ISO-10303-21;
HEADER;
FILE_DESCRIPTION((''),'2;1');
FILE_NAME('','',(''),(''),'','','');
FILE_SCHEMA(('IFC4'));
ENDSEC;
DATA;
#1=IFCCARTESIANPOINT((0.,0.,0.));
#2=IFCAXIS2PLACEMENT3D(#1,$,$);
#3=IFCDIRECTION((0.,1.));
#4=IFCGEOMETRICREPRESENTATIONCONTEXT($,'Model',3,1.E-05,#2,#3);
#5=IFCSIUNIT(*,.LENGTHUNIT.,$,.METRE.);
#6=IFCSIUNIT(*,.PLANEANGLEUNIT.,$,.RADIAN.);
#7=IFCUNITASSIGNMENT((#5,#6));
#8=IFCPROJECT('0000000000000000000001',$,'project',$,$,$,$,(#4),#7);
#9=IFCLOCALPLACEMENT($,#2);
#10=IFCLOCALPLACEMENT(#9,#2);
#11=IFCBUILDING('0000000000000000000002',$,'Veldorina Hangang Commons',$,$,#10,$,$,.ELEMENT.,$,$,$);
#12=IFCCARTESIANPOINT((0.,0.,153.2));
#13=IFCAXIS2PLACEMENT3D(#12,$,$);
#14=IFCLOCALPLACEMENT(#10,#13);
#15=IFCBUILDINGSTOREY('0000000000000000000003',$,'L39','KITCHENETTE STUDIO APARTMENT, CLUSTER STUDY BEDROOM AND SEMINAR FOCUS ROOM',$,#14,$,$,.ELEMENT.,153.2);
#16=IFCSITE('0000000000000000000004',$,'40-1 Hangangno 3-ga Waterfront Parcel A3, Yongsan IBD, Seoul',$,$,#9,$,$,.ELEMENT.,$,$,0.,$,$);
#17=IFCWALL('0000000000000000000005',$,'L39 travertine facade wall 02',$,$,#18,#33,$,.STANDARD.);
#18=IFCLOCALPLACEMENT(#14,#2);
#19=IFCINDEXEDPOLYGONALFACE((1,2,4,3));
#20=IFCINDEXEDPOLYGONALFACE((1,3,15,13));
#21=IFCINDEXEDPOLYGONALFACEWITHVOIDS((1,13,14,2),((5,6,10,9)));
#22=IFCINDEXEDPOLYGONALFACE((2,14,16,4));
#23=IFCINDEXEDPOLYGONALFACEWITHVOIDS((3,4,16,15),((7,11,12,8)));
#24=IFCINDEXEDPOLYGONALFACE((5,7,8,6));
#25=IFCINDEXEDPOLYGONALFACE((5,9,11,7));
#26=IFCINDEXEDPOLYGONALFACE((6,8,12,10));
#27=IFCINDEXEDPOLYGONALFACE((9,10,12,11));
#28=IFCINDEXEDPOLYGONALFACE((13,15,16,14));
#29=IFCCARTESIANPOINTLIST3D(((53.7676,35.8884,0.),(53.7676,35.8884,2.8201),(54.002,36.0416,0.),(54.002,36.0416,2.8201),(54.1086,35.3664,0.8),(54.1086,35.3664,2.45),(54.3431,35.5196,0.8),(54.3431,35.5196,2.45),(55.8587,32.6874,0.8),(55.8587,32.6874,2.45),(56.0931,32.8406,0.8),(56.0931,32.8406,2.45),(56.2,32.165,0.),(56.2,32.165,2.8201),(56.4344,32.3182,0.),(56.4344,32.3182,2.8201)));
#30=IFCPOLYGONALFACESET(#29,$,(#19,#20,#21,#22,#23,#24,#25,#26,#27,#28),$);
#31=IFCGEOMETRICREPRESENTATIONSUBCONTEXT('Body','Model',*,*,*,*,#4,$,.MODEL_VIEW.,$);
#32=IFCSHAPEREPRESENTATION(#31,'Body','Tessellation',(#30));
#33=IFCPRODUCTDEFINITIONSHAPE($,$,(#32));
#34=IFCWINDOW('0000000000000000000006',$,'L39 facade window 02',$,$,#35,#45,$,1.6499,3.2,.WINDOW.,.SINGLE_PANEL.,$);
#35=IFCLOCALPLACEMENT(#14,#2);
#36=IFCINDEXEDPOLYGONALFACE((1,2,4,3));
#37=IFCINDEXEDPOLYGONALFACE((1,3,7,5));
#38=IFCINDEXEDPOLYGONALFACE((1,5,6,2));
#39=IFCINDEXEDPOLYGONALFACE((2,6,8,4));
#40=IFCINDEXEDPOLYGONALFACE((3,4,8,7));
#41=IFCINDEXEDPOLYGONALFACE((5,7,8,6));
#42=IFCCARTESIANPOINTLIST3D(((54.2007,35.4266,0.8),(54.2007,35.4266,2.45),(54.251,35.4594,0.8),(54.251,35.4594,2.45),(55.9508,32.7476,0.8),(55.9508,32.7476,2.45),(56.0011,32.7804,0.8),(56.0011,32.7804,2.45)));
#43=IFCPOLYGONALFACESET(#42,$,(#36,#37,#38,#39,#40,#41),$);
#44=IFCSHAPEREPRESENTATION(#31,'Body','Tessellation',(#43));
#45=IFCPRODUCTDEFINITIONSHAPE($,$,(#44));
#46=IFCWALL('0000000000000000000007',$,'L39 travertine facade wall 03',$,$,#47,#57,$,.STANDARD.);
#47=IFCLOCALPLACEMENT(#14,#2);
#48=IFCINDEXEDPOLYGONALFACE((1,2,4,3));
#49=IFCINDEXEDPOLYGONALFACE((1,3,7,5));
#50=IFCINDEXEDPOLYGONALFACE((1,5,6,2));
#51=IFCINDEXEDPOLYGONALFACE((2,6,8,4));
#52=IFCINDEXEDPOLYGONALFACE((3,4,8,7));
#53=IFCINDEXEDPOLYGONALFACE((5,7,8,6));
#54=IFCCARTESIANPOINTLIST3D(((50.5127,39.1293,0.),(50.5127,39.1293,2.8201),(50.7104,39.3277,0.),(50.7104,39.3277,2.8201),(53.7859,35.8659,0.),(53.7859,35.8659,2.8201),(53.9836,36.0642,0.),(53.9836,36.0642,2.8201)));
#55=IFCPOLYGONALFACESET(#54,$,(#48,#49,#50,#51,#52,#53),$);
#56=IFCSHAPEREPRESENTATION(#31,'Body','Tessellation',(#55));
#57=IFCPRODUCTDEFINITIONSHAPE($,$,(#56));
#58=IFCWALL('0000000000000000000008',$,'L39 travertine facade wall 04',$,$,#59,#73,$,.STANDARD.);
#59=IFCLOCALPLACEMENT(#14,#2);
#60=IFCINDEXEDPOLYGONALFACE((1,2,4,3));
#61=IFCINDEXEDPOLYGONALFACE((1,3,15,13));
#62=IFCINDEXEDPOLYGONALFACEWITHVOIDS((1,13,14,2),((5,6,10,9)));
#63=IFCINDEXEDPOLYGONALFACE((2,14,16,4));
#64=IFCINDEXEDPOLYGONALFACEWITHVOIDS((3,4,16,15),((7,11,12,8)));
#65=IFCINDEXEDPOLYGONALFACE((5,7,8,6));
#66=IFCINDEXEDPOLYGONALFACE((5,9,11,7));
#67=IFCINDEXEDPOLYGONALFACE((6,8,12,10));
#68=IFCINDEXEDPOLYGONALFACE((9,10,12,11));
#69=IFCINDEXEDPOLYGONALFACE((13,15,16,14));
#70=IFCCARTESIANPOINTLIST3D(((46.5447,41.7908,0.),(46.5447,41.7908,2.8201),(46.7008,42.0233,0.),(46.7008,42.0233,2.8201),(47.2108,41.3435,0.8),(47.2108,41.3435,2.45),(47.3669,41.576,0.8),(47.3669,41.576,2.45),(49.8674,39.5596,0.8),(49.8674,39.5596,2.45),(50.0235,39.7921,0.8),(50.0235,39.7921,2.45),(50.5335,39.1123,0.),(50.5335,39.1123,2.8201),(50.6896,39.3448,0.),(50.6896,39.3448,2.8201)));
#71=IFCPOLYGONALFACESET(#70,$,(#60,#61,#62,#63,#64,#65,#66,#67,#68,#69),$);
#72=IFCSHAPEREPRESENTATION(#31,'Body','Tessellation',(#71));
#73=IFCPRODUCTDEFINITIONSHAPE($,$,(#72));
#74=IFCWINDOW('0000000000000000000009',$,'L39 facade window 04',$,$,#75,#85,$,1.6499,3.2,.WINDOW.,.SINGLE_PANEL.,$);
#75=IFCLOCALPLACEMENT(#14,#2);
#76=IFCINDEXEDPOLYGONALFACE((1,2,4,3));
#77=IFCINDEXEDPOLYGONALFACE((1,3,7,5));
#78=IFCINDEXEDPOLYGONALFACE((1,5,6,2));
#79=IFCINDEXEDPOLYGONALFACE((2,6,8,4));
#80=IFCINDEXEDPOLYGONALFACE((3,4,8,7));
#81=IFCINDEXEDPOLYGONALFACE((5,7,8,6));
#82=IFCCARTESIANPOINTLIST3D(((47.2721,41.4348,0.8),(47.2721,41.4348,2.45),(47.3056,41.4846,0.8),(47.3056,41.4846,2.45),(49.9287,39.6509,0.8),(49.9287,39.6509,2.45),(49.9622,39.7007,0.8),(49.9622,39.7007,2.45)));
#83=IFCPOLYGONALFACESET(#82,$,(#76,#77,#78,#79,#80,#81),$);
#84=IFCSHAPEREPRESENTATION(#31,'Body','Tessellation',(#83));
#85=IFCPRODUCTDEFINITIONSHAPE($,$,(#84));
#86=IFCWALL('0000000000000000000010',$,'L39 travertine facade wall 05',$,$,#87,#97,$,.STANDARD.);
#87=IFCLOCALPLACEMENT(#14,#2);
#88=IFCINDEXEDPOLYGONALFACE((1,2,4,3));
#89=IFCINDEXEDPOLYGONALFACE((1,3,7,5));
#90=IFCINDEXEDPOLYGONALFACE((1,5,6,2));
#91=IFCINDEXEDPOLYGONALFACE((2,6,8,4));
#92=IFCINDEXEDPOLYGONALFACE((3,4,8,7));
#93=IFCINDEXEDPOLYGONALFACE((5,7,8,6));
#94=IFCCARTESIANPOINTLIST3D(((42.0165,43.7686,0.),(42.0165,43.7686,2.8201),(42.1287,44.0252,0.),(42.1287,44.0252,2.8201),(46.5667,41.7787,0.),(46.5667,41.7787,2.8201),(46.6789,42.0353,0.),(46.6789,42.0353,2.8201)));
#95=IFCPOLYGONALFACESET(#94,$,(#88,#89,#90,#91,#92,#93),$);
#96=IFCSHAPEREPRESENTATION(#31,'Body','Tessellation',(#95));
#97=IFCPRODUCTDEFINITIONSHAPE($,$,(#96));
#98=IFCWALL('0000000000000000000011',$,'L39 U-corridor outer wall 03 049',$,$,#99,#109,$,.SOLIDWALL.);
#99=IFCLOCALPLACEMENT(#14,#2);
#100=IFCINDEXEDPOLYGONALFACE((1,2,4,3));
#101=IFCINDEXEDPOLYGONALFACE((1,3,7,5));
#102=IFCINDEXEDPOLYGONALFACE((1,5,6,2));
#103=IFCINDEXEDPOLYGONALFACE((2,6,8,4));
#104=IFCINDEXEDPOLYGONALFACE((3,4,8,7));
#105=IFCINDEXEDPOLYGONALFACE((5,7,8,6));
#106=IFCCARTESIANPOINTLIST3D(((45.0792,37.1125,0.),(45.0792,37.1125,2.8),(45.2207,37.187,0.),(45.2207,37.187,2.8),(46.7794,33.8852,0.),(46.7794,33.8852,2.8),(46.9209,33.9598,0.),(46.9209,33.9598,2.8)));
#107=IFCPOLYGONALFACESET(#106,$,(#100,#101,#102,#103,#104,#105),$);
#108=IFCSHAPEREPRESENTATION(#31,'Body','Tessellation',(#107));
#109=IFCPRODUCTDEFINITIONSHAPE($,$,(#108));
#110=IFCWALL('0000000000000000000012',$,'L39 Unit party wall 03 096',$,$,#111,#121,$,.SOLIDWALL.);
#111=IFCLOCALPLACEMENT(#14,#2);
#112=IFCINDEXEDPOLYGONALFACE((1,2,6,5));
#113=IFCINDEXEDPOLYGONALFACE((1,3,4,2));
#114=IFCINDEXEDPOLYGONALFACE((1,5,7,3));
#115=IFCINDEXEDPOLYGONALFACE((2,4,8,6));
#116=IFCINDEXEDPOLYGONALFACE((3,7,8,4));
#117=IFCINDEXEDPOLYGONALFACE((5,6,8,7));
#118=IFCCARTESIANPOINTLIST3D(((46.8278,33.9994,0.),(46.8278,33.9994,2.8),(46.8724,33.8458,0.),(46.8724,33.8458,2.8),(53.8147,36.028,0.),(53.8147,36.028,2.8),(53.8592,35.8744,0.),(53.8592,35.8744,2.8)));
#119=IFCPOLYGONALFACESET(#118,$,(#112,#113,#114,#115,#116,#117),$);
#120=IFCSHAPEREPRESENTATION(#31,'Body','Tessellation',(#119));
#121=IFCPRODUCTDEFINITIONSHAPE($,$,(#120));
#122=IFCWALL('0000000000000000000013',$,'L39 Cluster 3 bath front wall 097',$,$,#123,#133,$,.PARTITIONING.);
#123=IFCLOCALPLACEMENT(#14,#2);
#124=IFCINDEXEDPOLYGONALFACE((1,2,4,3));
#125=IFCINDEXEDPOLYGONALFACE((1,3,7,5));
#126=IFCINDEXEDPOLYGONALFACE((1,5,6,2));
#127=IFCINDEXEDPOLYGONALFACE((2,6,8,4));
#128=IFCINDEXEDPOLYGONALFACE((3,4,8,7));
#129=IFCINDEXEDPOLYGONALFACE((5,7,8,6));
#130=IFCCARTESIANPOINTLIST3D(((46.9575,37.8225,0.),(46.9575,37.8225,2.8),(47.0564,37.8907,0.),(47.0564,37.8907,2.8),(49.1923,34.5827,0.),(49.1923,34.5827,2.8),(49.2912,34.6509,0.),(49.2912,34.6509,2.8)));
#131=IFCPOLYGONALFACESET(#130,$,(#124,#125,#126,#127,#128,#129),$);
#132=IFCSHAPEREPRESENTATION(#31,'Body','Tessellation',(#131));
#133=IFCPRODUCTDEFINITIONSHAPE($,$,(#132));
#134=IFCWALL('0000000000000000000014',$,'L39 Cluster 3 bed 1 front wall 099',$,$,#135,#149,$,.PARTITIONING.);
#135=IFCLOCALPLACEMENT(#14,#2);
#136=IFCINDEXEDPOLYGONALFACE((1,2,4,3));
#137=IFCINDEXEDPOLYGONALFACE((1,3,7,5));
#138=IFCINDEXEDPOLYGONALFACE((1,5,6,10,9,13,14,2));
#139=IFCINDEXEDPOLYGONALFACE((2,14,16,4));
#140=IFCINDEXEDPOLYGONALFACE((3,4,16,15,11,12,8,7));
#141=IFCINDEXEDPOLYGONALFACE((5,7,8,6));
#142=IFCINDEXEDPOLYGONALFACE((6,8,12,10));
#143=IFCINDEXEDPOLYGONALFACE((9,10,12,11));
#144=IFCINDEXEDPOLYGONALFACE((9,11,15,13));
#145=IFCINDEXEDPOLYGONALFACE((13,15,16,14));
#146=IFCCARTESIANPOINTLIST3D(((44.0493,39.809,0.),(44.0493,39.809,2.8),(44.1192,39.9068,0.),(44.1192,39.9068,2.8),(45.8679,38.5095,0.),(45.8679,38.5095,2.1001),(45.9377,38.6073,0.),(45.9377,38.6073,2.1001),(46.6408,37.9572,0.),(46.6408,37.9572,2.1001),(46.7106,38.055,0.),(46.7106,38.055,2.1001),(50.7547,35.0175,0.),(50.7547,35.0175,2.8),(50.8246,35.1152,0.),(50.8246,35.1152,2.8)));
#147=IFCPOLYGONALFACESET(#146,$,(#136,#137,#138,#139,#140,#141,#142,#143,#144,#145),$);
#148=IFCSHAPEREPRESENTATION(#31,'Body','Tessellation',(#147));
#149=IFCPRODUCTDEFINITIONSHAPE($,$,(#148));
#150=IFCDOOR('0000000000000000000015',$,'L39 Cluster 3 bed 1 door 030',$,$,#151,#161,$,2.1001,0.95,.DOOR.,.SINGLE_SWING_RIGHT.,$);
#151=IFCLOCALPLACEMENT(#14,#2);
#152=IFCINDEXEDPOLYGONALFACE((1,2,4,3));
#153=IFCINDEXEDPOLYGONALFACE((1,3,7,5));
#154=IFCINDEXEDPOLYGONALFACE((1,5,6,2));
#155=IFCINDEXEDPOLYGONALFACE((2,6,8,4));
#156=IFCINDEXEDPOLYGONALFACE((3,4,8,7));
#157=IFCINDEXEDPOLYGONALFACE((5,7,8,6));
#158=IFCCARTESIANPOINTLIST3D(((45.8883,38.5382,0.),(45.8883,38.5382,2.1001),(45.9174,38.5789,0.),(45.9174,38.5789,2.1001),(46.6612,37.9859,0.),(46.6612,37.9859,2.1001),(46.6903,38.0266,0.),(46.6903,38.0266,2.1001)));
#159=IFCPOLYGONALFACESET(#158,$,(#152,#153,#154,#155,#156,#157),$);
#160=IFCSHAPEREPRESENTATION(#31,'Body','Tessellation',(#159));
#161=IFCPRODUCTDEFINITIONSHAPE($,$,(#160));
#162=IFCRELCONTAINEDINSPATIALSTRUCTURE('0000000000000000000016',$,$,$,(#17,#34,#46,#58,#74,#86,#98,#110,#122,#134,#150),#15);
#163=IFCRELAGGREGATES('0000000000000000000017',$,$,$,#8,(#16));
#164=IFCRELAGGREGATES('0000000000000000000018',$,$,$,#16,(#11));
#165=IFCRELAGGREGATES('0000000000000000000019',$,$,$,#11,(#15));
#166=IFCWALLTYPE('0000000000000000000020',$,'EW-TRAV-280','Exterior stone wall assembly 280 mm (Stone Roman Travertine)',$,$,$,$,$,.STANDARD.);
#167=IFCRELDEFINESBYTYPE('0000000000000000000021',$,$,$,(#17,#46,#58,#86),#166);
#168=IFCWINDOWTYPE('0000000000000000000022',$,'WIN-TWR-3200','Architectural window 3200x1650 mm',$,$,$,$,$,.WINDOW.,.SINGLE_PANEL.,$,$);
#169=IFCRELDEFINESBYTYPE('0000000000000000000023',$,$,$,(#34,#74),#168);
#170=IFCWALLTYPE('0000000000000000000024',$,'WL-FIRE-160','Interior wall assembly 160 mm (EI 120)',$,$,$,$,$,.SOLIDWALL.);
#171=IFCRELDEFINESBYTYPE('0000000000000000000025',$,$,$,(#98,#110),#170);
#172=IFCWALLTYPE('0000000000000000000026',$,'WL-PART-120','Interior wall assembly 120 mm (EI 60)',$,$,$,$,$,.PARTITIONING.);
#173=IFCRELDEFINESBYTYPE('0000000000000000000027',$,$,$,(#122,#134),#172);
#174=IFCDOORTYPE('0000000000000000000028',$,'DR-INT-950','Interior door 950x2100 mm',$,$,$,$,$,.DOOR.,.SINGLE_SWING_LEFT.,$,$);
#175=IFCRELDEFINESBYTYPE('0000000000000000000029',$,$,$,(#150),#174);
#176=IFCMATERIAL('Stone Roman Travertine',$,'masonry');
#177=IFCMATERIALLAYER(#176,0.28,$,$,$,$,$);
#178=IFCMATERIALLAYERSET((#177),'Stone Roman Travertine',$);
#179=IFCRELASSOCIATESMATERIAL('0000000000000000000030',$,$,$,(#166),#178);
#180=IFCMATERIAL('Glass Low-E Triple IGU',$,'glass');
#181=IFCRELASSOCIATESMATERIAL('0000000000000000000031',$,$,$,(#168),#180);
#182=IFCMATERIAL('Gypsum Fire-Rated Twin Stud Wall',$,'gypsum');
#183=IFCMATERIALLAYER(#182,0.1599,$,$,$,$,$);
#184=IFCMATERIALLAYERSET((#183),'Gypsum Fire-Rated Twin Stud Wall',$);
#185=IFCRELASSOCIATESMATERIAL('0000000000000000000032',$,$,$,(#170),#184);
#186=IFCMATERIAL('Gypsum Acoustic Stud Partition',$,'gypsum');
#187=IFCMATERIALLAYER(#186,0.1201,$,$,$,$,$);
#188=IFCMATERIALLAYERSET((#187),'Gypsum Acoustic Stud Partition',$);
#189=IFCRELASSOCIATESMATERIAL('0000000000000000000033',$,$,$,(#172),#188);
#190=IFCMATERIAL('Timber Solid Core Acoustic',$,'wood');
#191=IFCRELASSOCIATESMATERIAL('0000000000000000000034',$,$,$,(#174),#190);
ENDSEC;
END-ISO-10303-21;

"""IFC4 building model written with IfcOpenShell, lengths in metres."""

from ifc_helpers import new_model, si_unit, direction, frame, frame_2d, origin, place, context, subcontext, project, spatial, rectangle, extrude, material, layer, layer_set, type_object, element, fill, save


model = new_model("IFC4")

# Units and contexts
model_context = context("Model", 3, precision=1e-05, world=origin(), true_north=direction((0.0, 1.0)))
body_context = subcontext(model_context, "Body", "Model", "MODEL_VIEW")
ifc_project = project(units=[si_unit("LENGTHUNIT", "METRE"), si_unit("PLANEANGLEUNIT", "RADIAN")], contexts=[model_context])

# Site, building, storey
site_placement = place(None, origin())
site = spatial("IfcSite", under=ifc_project, at=site_placement, Name="40-1 Hangangno 3-ga Waterfront Parcel A3, Yongsan IBD, Seoul", CompositionType="ELEMENT", RefElevation=0.0)
building_placement = place(site_placement, origin())
building = spatial("IfcBuilding", under=site, at=building_placement, Name="Veldorina Hangang Commons", CompositionType="ELEMENT")
storey_placement = place(building_placement, frame((0.0, 0.0, 153.2)))
storey = spatial("IfcBuildingStorey", under=building, at=storey_placement, Name="L39", Description="KITCHENETTE STUDIO APARTMENT, CLUSTER STUDY BEDROOM AND SEMINAR FOCUS ROOM", CompositionType="ELEMENT", Elevation=153.2)

# Wall, opening, window
ifc_material_1 = material(Name="Stone Roman Travertine", Category="masonry")
ifc_layer_1 = layer(ifc_material_1, 0.28)
ifc_layer_set_1 = layer_set([ifc_layer_1], Name="Stone Roman Travertine")
wall_type_1 = type_object("IfcWallType", Name="EW-TRAV-280", Description="Exterior stone wall assembly 280 mm (Stone Roman Travertine)", PredefinedType="STANDARD", material=ifc_layer_set_1)
wall_1_placement = place(storey_placement, frame((56.3171, 32.2417, 0.0), z_axis=(0.0, 0.0, 1.0), x_axis=(-0.546911, 0.837191, 0.0)))
wall_1 = element("IfcWall", 1, at=wall_1_placement, inside=storey, type_object=wall_type_1, Name="L39 travertine facade wall 02", PredefinedType="STANDARD", context=body_context, shape_type="SweptSolid", body=[
    extrude(rectangle(XDim=4.4475, YDim=0.28, at=frame_2d((2.2236, 0.0))), origin(), (0.0, 0.0, 1.0), 2.8201),
])
opening_1_placement = place(wall_1_placement, frame((0.6238, 0.0, 0.8)))
opening_1 = element("IfcOpeningElement", 2, at=opening_1_placement, cuts=wall_1, PredefinedType="OPENING", context=body_context, shape_type="SweptSolid", body=[
    extrude(rectangle(XDim=3.2, YDim=1.6499, at=frame_2d((1.6001, 0.825))), frame((0.0, 0.1499, 0.0), z_axis=(0.0, -1.0, 0.0), x_axis=(1.0, 0.0, 0.0)), (0.0, 0.0, 1.0), 0.3),
])
ifc_material_2 = material(Name="Glass Low-E Triple IGU", Category="glass")
window_type = type_object("IfcWindowType", Name="WIN-TWR-3200", Description="Architectural window 3200x1650 mm", PartitioningType="SINGLE_PANEL", PredefinedType="WINDOW", material=ifc_material_2)
window_1_placement = place(opening_1_placement, origin())
window_1 = element("IfcWindow", 3, at=window_1_placement, inside=storey, type_object=window_type, Name="L39 facade window 02", OverallHeight=1.6499, OverallWidth=3.2, PartitioningType="SINGLE_PANEL", PredefinedType="WINDOW", context=body_context, shape_type="SweptSolid", body=[
    extrude(rectangle(XDim=3.2, YDim=1.6499, at=frame_2d((1.6001, 0.825))), frame((0.0, 0.03, 0.0), z_axis=(0.0, -1.0, 0.0), x_axis=(1.0, 0.0, 0.0)), (0.0, 0.0, 1.0), 0.0601),
])
fill(opening_1, window_1)

# Wall
wall_2_placement = place(storey_placement, frame((53.8848, 35.9651, 0.0), z_axis=(0.0, 0.0, 1.0), x_axis=(-0.708162, 0.70605, 0.0)))
element("IfcWall", 4, at=wall_2_placement, inside=storey, type_object=wall_type_1, Name="L39 travertine facade wall 03", PredefinedType="STANDARD", context=body_context, shape_type="SweptSolid", body=[
    extrude(rectangle(XDim=4.6221, YDim=0.28, at=frame_2d((2.311, 0.0))), origin(), (0.0, 0.0, 1.0), 2.8201),
])

# Wall, opening, window
wall_3_placement = place(storey_placement, frame((50.6116, 39.2285, 0.0), z_axis=(0.0, 0.0, 1.0), x_axis=(-0.830193, 0.557476, 0.0)))
wall_3 = element("IfcWall", 5, at=wall_3_placement, inside=storey, type_object=wall_type_1, Name="L39 travertine facade wall 04", PredefinedType="STANDARD", context=body_context, shape_type="SweptSolid", body=[
    extrude(rectangle(XDim=4.8047, YDim=0.28, at=frame_2d((2.4023, 0.0))), origin(), (0.0, 0.0, 1.0), 2.8201),
])
opening_2_placement = place(wall_3_placement, frame((0.8022, 0.0, 0.8)))
opening_2 = element("IfcOpeningElement", 6, at=opening_2_placement, cuts=wall_3, PredefinedType="OPENING", context=body_context, shape_type="SweptSolid", body=[
    extrude(rectangle(XDim=3.2, YDim=1.6499, at=frame_2d((1.6001, 0.825))), frame((0.0, 0.1499, 0.0), z_axis=(0.0, -1.0, 0.0), x_axis=(1.0, 0.0, 0.0)), (0.0, 0.0, 1.0), 0.3),
])
window_2_placement = place(opening_2_placement, origin())
window_2 = element("IfcWindow", 7, at=window_2_placement, inside=storey, type_object=window_type, Name="L39 facade window 04", OverallHeight=1.6499, OverallWidth=3.2, PartitioningType="SINGLE_PANEL", PredefinedType="WINDOW", context=body_context, shape_type="SweptSolid", body=[
    extrude(rectangle(XDim=3.2, YDim=1.6499, at=frame_2d((1.6001, 0.825))), frame((0.0, 0.03, 0.0), z_axis=(0.0, -1.0, 0.0), x_axis=(1.0, 0.0, 0.0)), (0.0, 0.0, 1.0), 0.0601),
])
fill(opening_2, window_2)

# Walls
wall_4_placement = place(storey_placement, frame((46.6228, 41.907, 0.0), z_axis=(0.0, 0.0, 1.0), x_axis=(-0.916214, 0.40069, 0.0)))
element("IfcWall", 8, at=wall_4_placement, inside=storey, type_object=wall_type_1, Name="L39 travertine facade wall 05", PredefinedType="STANDARD", context=body_context, shape_type="SweptSolid", body=[
    extrude(rectangle(XDim=4.9663, YDim=0.28, at=frame_2d((2.4832, 0.0))), origin(), (0.0, 0.0, 1.0), 2.8201),
])
ifc_material_3 = material(Name="Gypsum Fire-Rated Twin Stud Wall", Category="gypsum")
ifc_layer_2 = layer(ifc_material_3, 0.1599)
ifc_layer_set_2 = layer_set([ifc_layer_2], Name="Gypsum Fire-Rated Twin Stud Wall")
wall_type_2 = type_object("IfcWallType", Name="WL-FIRE-160", Description="Interior wall assembly 160 mm (EI 120)", PredefinedType="SOLIDWALL", material=ifc_layer_set_2)
wall_5_placement = place(storey_placement, frame((46.8501, 33.9226, 0.0), z_axis=(0.0, 0.0, 1.0), x_axis=(-0.466094, 0.884735, 0.0)))
element("IfcWall", 9, at=wall_5_placement, inside=storey, type_object=wall_type_2, Name="L39 U-corridor outer wall 03 049", PredefinedType="SOLIDWALL", context=body_context, shape_type="SweptSolid", body=[
    extrude(rectangle(XDim=3.6477, YDim=0.1599, at=frame_2d((1.8237, 0.0))), origin(), (0.0, 0.0, 1.0), 2.8),
])
wall_6_placement = place(storey_placement, frame((46.8501, 33.9226, 0.0), z_axis=(0.0, 0.0, 1.0), x_axis=(0.960341, 0.278827, 0.0)))
element("IfcWall", 10, at=wall_6_placement, inside=storey, type_object=wall_type_2, Name="L39 Unit party wall 03 096", PredefinedType="SOLIDWALL", context=body_context, shape_type="SweptSolid", body=[
    extrude(rectangle(XDim=7.2754, YDim=0.1599, at=frame_2d((3.6377, 0.0))), origin(), (0.0, 0.0, 1.0), 2.8),
])
ifc_material_4 = material(Name="Gypsum Acoustic Stud Partition", Category="gypsum")
ifc_layer_3 = layer(ifc_material_4, 0.1201)
ifc_layer_set_3 = layer_set([ifc_layer_3], Name="Gypsum Acoustic Stud Partition")
wall_type_3 = type_object("IfcWallType", Name="WL-PART-120", Description="Interior wall assembly 120 mm (EI 60)", PredefinedType="PARTITIONING", material=ifc_layer_set_3)
wall_7_placement = place(storey_placement, frame((49.2417, 34.6169, 0.0), z_axis=(0.0, 0.0, 1.0), x_axis=(-0.567829, 0.823147, 0.0)))
element("IfcWall", 11, at=wall_7_placement, inside=storey, type_object=wall_type_3, Name="L39 Cluster 3 bath front wall 097", PredefinedType="PARTITIONING", context=body_context, shape_type="SweptSolid", body=[
    extrude(rectangle(XDim=3.9358, YDim=0.1201, at=frame_2d((1.9678, 0.0))), origin(), (0.0, 0.0, 1.0), 2.8),
])

# Wall, opening, door
wall_8_placement = place(storey_placement, frame((50.7896, 35.0664, 0.0), z_axis=(0.0, 0.0, 1.0), x_axis=(-0.813619, 0.581398, 0.0)))
wall_8 = element("IfcWall", 12, at=wall_8_placement, inside=storey, type_object=wall_type_3, Name="L39 Cluster 3 bed 1 front wall 099", PredefinedType="PARTITIONING", context=body_context, shape_type="SweptSolid", body=[
    extrude(rectangle(XDim=8.2415, YDim=0.1201, at=frame_2d((4.1206, 0.0))), origin(), (0.0, 0.0, 1.0), 2.8),
])
opening_3_placement = place(wall_8_placement, frame((5.0562, 0.0, 0.0)))
opening_3 = element("IfcOpeningElement", 13, at=opening_3_placement, cuts=wall_8, PredefinedType="OPENING", context=body_context, shape_type="SweptSolid", body=[
    extrude(rectangle(XDim=0.95, YDim=2.1001, at=frame_2d((0.4751, 1.05))), frame((0.0, 0.0701, 0.0), z_axis=(0.0, -1.0, 0.0), x_axis=(1.0, 0.0, 0.0)), (0.0, 0.0, 1.0), 0.1401),
])
ifc_material_5 = material(Name="Timber Solid Core Acoustic", Category="wood")
door_type = type_object("IfcDoorType", Name="DR-INT-950", Description="Interior door 950x2100 mm", OperationType="SINGLE_SWING_LEFT", PredefinedType="DOOR", material=ifc_material_5)
door_placement = place(opening_3_placement, origin())
door = element("IfcDoor", 14, at=door_placement, inside=storey, type_object=door_type, Name="L39 Cluster 3 bed 1 door 030", OperationType="SINGLE_SWING_RIGHT", OverallHeight=2.1001, OverallWidth=0.95, PredefinedType="DOOR", context=body_context, shape_type="SweptSolid", body=[
    extrude(rectangle(XDim=0.95, YDim=2.1001, at=frame_2d((0.4751, 1.05))), frame((0.0, 0.0249, 0.0), z_axis=(0.0, -1.0, 0.0), x_axis=(1.0, 0.0, 0.0)), (0.0, 0.0, 1.0), 0.05),
])
fill(opening_3, door)

save(model, "model.ifc")
